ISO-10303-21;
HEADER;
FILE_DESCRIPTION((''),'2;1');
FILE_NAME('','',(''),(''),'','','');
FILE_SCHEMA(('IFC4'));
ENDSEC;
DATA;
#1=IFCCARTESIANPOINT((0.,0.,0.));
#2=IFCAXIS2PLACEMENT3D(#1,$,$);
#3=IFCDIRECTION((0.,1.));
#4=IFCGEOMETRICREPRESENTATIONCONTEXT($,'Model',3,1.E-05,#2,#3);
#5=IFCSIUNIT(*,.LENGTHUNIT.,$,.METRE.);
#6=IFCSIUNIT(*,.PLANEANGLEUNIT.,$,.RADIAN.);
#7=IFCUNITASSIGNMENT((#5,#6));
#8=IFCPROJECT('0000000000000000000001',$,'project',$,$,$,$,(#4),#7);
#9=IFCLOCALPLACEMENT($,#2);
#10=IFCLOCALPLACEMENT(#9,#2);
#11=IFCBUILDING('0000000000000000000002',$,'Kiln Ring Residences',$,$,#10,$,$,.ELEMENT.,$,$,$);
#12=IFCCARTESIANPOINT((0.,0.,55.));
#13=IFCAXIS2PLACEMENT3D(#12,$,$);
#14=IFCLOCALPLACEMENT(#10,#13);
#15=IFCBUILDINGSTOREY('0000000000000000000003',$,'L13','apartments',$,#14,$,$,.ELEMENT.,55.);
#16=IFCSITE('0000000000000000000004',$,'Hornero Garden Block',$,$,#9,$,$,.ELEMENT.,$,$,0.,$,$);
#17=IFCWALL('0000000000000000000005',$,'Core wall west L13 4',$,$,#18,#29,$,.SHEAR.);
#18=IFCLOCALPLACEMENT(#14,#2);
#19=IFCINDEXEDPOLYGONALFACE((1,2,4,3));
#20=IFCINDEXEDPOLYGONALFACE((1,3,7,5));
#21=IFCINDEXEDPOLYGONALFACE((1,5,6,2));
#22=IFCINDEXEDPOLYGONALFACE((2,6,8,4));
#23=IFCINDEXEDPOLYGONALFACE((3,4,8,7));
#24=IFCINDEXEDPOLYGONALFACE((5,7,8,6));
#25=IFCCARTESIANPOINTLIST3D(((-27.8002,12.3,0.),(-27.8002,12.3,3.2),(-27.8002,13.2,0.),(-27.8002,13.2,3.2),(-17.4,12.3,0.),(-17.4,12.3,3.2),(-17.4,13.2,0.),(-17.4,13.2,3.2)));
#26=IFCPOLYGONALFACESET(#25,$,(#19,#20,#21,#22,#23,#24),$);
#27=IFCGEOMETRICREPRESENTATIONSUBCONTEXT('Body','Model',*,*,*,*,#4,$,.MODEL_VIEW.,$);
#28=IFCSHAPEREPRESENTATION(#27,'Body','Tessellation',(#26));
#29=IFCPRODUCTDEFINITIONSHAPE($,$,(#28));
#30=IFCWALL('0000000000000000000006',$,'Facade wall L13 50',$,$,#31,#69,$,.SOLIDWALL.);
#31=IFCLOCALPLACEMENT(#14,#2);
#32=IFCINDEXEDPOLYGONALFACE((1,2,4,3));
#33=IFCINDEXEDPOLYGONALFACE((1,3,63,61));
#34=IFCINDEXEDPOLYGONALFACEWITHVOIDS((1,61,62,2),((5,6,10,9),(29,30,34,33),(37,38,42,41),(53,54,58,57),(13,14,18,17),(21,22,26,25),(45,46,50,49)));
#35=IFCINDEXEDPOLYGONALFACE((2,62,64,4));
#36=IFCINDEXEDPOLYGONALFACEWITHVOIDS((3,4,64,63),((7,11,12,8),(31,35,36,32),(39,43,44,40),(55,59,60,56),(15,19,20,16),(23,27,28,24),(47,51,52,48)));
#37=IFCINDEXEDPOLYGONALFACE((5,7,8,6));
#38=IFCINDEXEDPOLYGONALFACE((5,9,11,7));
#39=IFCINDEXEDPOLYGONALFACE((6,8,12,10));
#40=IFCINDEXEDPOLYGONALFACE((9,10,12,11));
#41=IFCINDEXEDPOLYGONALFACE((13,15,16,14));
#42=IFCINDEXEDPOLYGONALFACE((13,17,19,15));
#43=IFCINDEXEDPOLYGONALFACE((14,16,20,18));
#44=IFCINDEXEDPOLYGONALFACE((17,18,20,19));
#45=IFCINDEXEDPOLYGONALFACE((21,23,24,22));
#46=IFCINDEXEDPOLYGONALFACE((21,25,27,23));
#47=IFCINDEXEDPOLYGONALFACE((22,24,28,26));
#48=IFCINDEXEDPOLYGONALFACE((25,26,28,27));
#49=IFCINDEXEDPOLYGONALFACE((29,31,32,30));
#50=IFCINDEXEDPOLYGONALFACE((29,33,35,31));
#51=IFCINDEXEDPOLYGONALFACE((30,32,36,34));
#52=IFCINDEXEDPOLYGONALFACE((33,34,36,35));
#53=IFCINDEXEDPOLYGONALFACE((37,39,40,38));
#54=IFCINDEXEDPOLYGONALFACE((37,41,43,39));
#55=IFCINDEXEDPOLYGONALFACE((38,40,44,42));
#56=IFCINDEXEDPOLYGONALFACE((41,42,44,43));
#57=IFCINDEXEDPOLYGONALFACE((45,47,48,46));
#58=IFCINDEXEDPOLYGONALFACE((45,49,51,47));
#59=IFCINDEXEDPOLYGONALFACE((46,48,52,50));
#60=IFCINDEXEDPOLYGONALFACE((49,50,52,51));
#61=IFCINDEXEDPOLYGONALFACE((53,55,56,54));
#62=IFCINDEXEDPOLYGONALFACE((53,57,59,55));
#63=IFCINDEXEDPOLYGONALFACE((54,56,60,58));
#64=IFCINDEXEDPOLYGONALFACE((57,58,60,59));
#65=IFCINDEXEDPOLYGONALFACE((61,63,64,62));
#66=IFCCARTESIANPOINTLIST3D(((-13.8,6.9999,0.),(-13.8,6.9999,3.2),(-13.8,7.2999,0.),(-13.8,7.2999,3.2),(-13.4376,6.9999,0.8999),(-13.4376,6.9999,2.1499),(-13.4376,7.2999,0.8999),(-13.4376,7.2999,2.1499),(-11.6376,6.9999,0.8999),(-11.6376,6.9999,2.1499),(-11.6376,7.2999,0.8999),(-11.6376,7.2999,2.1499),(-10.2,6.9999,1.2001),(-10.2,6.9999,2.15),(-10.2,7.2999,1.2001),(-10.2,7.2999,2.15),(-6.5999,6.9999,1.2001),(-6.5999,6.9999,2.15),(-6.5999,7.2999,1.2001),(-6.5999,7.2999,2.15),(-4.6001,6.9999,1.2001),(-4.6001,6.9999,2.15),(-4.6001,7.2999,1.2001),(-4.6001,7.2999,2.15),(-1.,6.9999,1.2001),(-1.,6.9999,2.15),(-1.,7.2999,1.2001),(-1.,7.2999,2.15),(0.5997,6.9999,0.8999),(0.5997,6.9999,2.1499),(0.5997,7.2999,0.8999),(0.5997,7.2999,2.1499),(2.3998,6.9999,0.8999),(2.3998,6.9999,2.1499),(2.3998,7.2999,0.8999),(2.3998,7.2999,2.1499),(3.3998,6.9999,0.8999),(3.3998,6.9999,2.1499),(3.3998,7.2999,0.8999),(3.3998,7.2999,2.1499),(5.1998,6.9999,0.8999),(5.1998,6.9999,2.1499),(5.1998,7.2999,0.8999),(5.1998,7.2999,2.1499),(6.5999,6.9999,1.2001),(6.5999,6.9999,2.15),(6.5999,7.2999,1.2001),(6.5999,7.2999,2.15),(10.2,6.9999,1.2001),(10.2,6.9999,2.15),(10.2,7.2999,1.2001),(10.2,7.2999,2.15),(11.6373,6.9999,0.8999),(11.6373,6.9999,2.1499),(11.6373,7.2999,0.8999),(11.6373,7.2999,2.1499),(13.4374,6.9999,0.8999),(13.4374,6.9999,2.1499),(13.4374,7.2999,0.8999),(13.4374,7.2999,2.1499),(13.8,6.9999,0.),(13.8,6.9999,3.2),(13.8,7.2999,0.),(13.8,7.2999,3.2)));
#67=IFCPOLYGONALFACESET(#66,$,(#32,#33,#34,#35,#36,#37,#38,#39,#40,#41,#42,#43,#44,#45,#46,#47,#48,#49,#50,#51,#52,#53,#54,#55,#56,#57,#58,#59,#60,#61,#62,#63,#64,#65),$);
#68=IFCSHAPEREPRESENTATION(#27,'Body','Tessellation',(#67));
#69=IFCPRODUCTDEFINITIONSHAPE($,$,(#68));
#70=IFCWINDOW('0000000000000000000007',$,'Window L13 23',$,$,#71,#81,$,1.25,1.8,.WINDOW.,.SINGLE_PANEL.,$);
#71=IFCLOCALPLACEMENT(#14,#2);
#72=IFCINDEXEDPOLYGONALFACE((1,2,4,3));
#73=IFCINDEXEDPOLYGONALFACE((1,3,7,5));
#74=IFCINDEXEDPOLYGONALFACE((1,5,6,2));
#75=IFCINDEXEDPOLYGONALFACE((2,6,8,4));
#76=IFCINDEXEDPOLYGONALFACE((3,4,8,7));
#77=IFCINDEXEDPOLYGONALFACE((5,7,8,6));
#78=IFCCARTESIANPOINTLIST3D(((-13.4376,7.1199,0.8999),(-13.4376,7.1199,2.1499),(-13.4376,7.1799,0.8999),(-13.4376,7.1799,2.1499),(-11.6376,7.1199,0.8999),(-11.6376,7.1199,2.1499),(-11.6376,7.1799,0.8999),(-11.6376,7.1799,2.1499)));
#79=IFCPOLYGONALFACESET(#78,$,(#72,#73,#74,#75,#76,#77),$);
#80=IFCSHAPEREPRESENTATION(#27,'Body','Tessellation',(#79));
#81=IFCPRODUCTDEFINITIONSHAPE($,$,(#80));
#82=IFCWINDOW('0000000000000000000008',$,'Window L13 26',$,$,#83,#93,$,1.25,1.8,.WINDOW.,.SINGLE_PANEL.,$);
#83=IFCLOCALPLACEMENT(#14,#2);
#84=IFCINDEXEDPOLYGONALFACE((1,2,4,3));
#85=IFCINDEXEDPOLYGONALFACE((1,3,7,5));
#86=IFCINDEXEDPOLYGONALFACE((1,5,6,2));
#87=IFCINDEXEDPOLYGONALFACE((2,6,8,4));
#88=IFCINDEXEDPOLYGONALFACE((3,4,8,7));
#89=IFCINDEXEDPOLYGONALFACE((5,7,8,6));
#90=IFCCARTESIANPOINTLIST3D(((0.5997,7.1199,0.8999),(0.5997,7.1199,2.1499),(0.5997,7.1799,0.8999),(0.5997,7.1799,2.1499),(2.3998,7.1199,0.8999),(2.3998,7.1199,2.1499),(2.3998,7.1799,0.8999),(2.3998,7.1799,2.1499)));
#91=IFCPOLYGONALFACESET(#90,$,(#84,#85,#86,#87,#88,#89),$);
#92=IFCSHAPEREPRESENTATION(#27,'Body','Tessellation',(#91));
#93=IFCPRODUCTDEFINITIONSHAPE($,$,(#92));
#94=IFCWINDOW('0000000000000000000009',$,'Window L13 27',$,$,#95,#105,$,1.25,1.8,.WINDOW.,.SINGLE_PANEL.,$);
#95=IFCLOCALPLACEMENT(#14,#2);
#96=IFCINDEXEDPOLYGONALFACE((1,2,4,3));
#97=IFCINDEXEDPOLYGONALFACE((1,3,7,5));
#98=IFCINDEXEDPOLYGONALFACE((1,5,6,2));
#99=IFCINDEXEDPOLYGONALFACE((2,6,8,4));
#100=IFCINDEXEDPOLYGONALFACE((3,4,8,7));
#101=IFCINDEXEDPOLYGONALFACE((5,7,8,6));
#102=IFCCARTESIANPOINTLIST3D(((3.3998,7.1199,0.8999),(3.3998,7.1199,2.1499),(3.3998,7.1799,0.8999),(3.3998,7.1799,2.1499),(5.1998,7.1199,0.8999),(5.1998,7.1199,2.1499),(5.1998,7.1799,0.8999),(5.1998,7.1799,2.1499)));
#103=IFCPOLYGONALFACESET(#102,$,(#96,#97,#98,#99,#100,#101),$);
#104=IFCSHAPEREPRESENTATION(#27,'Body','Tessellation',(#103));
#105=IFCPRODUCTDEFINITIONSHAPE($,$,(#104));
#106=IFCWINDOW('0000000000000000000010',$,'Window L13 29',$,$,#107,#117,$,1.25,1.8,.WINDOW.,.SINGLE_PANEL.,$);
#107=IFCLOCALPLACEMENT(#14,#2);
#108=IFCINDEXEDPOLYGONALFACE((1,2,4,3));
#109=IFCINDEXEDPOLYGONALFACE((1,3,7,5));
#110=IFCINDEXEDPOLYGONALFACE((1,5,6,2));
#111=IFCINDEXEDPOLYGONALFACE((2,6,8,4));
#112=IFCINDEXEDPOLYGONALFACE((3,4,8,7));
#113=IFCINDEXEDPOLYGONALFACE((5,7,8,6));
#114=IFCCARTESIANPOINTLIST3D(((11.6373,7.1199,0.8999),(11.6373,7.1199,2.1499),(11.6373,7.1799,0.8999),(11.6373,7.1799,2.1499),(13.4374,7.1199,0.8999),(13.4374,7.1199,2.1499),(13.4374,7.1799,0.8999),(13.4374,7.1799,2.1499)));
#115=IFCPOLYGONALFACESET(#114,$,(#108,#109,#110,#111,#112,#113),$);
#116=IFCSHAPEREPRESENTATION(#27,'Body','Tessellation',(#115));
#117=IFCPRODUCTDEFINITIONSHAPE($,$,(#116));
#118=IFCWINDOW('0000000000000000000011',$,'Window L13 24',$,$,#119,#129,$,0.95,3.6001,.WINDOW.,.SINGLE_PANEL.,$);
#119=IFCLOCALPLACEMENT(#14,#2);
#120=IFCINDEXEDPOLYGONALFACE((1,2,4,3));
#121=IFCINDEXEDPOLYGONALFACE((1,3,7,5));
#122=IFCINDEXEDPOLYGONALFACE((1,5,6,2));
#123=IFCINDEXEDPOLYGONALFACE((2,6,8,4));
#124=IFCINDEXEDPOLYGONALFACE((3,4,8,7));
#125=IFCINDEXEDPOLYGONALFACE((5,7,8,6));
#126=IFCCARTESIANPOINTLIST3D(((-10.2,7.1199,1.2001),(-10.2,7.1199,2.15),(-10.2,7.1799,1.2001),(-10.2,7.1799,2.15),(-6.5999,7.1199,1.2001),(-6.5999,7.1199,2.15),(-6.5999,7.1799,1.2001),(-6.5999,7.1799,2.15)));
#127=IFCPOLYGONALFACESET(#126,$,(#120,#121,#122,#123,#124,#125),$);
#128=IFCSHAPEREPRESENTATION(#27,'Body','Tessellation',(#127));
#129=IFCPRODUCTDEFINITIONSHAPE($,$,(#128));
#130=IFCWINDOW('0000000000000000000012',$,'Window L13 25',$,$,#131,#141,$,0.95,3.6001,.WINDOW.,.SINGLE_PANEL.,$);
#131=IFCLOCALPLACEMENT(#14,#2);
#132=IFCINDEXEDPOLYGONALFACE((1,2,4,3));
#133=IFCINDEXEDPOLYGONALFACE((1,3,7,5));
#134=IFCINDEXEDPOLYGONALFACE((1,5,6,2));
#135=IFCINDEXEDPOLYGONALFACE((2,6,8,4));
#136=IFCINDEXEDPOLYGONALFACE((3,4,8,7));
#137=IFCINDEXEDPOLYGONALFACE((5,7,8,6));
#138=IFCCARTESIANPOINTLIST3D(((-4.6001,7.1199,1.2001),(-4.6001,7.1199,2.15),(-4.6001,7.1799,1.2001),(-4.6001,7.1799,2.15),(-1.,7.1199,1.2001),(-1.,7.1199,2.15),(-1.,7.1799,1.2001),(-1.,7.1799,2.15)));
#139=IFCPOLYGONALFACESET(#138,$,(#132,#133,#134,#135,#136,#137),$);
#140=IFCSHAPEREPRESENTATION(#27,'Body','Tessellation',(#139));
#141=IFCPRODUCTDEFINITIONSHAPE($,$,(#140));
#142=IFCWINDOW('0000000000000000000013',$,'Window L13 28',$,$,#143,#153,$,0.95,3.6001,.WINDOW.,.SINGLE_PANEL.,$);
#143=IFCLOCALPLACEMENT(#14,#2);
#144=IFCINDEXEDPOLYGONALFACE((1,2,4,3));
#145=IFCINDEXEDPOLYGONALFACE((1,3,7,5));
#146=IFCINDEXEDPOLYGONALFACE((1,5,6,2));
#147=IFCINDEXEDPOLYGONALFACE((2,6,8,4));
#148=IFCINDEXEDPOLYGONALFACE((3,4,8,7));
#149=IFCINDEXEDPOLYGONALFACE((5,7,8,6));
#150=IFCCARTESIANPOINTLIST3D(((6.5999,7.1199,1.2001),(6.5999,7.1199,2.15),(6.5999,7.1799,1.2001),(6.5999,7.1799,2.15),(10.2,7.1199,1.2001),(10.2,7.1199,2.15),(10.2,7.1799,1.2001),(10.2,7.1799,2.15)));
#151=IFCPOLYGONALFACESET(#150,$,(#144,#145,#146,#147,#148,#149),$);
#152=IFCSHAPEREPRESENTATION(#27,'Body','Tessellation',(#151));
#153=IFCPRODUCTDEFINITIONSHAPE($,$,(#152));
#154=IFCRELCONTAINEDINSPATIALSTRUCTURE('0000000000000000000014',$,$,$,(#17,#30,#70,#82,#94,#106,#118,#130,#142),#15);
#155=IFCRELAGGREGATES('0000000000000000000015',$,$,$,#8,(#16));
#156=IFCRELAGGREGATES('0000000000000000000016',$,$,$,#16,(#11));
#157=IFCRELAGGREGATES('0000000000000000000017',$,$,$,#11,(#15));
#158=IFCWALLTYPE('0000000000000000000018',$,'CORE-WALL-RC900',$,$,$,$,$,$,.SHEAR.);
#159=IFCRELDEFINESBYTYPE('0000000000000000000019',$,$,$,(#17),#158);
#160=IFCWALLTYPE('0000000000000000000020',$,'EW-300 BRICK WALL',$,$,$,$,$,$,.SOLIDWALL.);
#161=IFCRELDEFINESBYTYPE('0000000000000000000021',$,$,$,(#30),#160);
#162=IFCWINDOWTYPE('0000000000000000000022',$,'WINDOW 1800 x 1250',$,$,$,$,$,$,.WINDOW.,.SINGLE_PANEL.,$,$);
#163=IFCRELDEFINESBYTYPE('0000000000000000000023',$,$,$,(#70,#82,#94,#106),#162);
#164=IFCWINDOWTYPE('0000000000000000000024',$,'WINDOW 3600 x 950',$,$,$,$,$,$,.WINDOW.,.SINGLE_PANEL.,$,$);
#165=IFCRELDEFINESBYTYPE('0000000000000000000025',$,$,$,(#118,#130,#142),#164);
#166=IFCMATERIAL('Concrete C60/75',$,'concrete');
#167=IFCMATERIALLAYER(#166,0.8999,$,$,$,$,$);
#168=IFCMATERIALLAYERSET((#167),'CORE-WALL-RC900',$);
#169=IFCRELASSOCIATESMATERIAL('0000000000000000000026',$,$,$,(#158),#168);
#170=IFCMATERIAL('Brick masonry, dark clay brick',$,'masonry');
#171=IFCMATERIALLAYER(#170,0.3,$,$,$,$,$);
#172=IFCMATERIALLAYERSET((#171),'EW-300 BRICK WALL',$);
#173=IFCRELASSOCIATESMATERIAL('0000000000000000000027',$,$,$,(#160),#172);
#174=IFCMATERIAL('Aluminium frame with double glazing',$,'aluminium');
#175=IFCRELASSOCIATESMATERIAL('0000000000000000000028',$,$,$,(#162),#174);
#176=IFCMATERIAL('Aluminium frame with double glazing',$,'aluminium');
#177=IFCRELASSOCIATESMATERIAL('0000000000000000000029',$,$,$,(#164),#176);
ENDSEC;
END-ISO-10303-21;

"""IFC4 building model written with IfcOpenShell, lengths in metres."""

from ifc_helpers import new_model, si_unit, direction, frame, frame_2d, origin, place, context, subcontext, project, spatial, rectangle, extrude, material, layer, layer_set, type_object, element, fill, save


model = new_model("IFC4")

# Units and contexts
model_context = context("Model", 3, precision=1e-05, world=origin(), true_north=direction((0.0, 1.0)))
body_context = subcontext(model_context, "Body", "Model", "MODEL_VIEW")
ifc_project = project(units=[si_unit("LENGTHUNIT", "METRE"), si_unit("PLANEANGLEUNIT", "RADIAN")], contexts=[model_context])

# Site, building, storey
site_placement = place(None, origin())
site = spatial("IfcSite", under=ifc_project, at=site_placement, Name="Hornero Garden Block", CompositionType="ELEMENT", RefElevation=0.0)
building_placement = place(site_placement, origin())
building = spatial("IfcBuilding", under=site, at=building_placement, Name="Kiln Ring Residences", CompositionType="ELEMENT")
storey_placement = place(building_placement, frame((0.0, 0.0, 55.0)))
storey = spatial("IfcBuildingStorey", under=building, at=storey_placement, Name="L13", Description="apartments", CompositionType="ELEMENT", Elevation=55.0)

# Wall
ifc_material_1 = material(Name="Concrete C60/75", Category="concrete")
ifc_layer_1 = layer(ifc_material_1, 0.8999)
ifc_layer_set_1 = layer_set([ifc_layer_1], Name="CORE-WALL-RC900")
wall_type_1 = type_object("IfcWallType", Name="CORE-WALL-RC900", PredefinedType="SHEAR", material=ifc_layer_set_1)
wall_1_placement = place(storey_placement, frame((-17.3999, 12.75, 0.0), z_axis=(0.0, 0.0, 1.0), x_axis=(-1.0, 0.0, 0.0)))
element("IfcWall", 1, at=wall_1_placement, inside=storey, type_object=wall_type_1, Name="Core wall west L13 4", PredefinedType="SHEAR", context=body_context, shape_type="SweptSolid", body=[
    extrude(rectangle(XDim=10.4001, YDim=0.8999, at=frame_2d((5.2002, 0.0))), origin(), (0.0, 0.0, 1.0), 3.2),
])

# Wall, openings, windows
ifc_material_2 = material(Name="Brick masonry, dark clay brick", Category="masonry")
ifc_layer_2 = layer(ifc_material_2, 0.3)
ifc_layer_set_2 = layer_set([ifc_layer_2], Name="EW-300 BRICK WALL")
wall_type_2 = type_object("IfcWallType", Name="EW-300 BRICK WALL", PredefinedType="SOLIDWALL", material=ifc_layer_set_2)
wall_2_placement = place(storey_placement, frame((-13.8, 7.1499, 0.0), z_axis=(0.0, 0.0, 1.0), x_axis=(1.0, 0.0, 0.0)))
wall_2 = element("IfcWall", 2, at=wall_2_placement, inside=storey, type_object=wall_type_2, Name="Facade wall L13 50", PredefinedType="SOLIDWALL", context=body_context, shape_type="SweptSolid", body=[
    extrude(rectangle(XDim=27.6001, YDim=0.3, at=frame_2d((13.8, 0.0))), origin(), (0.0, 0.0, 1.0), 3.2),
])
opening_1_placement = place(wall_2_placement, frame((0.3625, 0.0, 0.8999)))
opening_1 = element("IfcOpeningElement", 3, at=opening_1_placement, cuts=wall_2, PredefinedType="OPENING", context=body_context, shape_type="SweptSolid", body=[
    extrude(rectangle(XDim=1.8, YDim=1.25, at=frame_2d((0.8999, 0.625))), frame((0.0, 0.1599, 0.0), z_axis=(0.0, -1.0, 0.0), x_axis=(1.0, 0.0, 0.0)), (0.0, 0.0, 1.0), 0.3201),
])
opening_2_placement = place(wall_2_placement, frame((3.6001, 0.0, 1.2)))
opening_2 = element("IfcOpeningElement", 4, at=opening_2_placement, cuts=wall_2, PredefinedType="OPENING", context=body_context, shape_type="SweptSolid", body=[
    extrude(rectangle(XDim=3.6001, YDim=0.95, at=frame_2d((1.8, 0.4751))), frame((0.0, 0.1599, 0.0), z_axis=(0.0, -1.0, 0.0), x_axis=(1.0, 0.0, 0.0)), (0.0, 0.0, 1.0), 0.3201),
])
opening_3_placement = place(wall_2_placement, frame((9.2, 0.0, 1.2)))
opening_3 = element("IfcOpeningElement", 5, at=opening_3_placement, cuts=wall_2, PredefinedType="OPENING", context=body_context, shape_type="SweptSolid", body=[
    extrude(rectangle(XDim=3.6001, YDim=0.95, at=frame_2d((1.8, 0.4751))), frame((0.0, 0.1599, 0.0), z_axis=(0.0, -1.0, 0.0), x_axis=(1.0, 0.0, 0.0)), (0.0, 0.0, 1.0), 0.3201),
])
opening_4_placement = place(wall_2_placement, frame((14.3999, 0.0, 0.8999)))
opening_4 = element("IfcOpeningElement", 6, at=opening_4_placement, cuts=wall_2, PredefinedType="OPENING", context=body_context, shape_type="SweptSolid", body=[
    extrude(rectangle(XDim=1.8, YDim=1.25, at=frame_2d((0.8999, 0.625))), frame((0.0, 0.1599, 0.0), z_axis=(0.0, -1.0, 0.0), x_axis=(1.0, 0.0, 0.0)), (0.0, 0.0, 1.0), 0.3201),
])
opening_5_placement = place(wall_2_placement, frame((17.2, 0.0, 0.8999)))
opening_5 = element("IfcOpeningElement", 7, at=opening_5_placement, cuts=wall_2, PredefinedType="OPENING", context=body_context, shape_type="SweptSolid", body=[
    extrude(rectangle(XDim=1.8, YDim=1.25, at=frame_2d((0.8999, 0.625))), frame((0.0, 0.1599, 0.0), z_axis=(0.0, -1.0, 0.0), x_axis=(1.0, 0.0, 0.0)), (0.0, 0.0, 1.0), 0.3201),
])
opening_6_placement = place(wall_2_placement, frame((20.3999, 0.0, 1.2)))
opening_6 = element("IfcOpeningElement", 8, at=opening_6_placement, cuts=wall_2, PredefinedType="OPENING", context=body_context, shape_type="SweptSolid", body=[
    extrude(rectangle(XDim=3.6001, YDim=0.95, at=frame_2d((1.8, 0.4751))), frame((0.0, 0.1599, 0.0), z_axis=(0.0, -1.0, 0.0), x_axis=(1.0, 0.0, 0.0)), (0.0, 0.0, 1.0), 0.3201),
])
opening_7_placement = place(wall_2_placement, frame((25.4375, 0.0, 0.8999)))
opening_7 = element("IfcOpeningElement", 9, at=opening_7_placement, cuts=wall_2, PredefinedType="OPENING", context=body_context, shape_type="SweptSolid", body=[
    extrude(rectangle(XDim=1.8, YDim=1.25, at=frame_2d((0.8999, 0.625))), frame((0.0, 0.1599, 0.0), z_axis=(0.0, -1.0, 0.0), x_axis=(1.0, 0.0, 0.0)), (0.0, 0.0, 1.0), 0.3201),
])
ifc_material_3 = material(Name="Aluminium frame with double glazing", Category="aluminium")
window_type_1 = type_object("IfcWindowType", Name="WINDOW 1800 x 1250", PartitioningType="SINGLE_PANEL", PredefinedType="WINDOW", material=ifc_material_3)
window_1_placement = place(opening_1_placement, origin())
window_1 = element("IfcWindow", 10, at=window_1_placement, inside=storey, type_object=window_type_1, Name="Window L13 23", OverallHeight=1.25, OverallWidth=1.8, PartitioningType="SINGLE_PANEL", PredefinedType="WINDOW", context=body_context, shape_type="SweptSolid", body=[
    extrude(rectangle(XDim=1.8, YDim=1.25, at=frame_2d((0.8999, 0.625))), frame((0.0, 0.03, 0.0), z_axis=(0.0, -1.0, 0.0), x_axis=(1.0, 0.0, 0.0)), (0.0, 0.0, 1.0), 0.0601),
])
fill(opening_1, window_1)
window_2_placement = place(opening_4_placement, origin())
window_2 = element("IfcWindow", 11, at=window_2_placement, inside=storey, type_object=window_type_1, Name="Window L13 26", OverallHeight=1.25, OverallWidth=1.8, PartitioningType="SINGLE_PANEL", PredefinedType="WINDOW", context=body_context, shape_type="SweptSolid", body=[
    extrude(rectangle(XDim=1.8, YDim=1.25, at=frame_2d((0.8999, 0.625))), frame((0.0, 0.03, 0.0), z_axis=(0.0, -1.0, 0.0), x_axis=(1.0, 0.0, 0.0)), (0.0, 0.0, 1.0), 0.0601),
])
fill(opening_4, window_2)
window_3_placement = place(opening_5_placement, origin())
window_3 = element("IfcWindow", 12, at=window_3_placement, inside=storey, type_object=window_type_1, Name="Window L13 27", OverallHeight=1.25, OverallWidth=1.8, PartitioningType="SINGLE_PANEL", PredefinedType="WINDOW", context=body_context, shape_type="SweptSolid", body=[
    extrude(rectangle(XDim=1.8, YDim=1.25, at=frame_2d((0.8999, 0.625))), frame((0.0, 0.03, 0.0), z_axis=(0.0, -1.0, 0.0), x_axis=(1.0, 0.0, 0.0)), (0.0, 0.0, 1.0), 0.0601),
])
fill(opening_5, window_3)
window_4_placement = place(opening_7_placement, origin())
window_4 = element("IfcWindow", 13, at=window_4_placement, inside=storey, type_object=window_type_1, Name="Window L13 29", OverallHeight=1.25, OverallWidth=1.8, PartitioningType="SINGLE_PANEL", PredefinedType="WINDOW", context=body_context, shape_type="SweptSolid", body=[
    extrude(rectangle(XDim=1.8, YDim=1.25, at=frame_2d((0.8999, 0.625))), frame((0.0, 0.03, 0.0), z_axis=(0.0, -1.0, 0.0), x_axis=(1.0, 0.0, 0.0)), (0.0, 0.0, 1.0), 0.0601),
])
fill(opening_7, window_4)
ifc_material_4 = material(Name="Aluminium frame with double glazing", Category="aluminium")
window_type_2 = type_object("IfcWindowType", Name="WINDOW 3600 x 950", PartitioningType="SINGLE_PANEL", PredefinedType="WINDOW", material=ifc_material_4)
window_5_placement = place(opening_2_placement, origin())
window_5 = element("IfcWindow", 14, at=window_5_placement, inside=storey, type_object=window_type_2, Name="Window L13 24", OverallHeight=0.95, OverallWidth=3.6001, PartitioningType="SINGLE_PANEL", PredefinedType="WINDOW", context=body_context, shape_type="SweptSolid", body=[
    extrude(rectangle(XDim=3.6001, YDim=0.95, at=frame_2d((1.8, 0.4751))), frame((0.0, 0.03, 0.0), z_axis=(0.0, -1.0, 0.0), x_axis=(1.0, 0.0, 0.0)), (0.0, 0.0, 1.0), 0.0601),
])
fill(opening_2, window_5)
window_6_placement = place(opening_3_placement, origin())
window_6 = element("IfcWindow", 15, at=window_6_placement, inside=storey, type_object=window_type_2, Name="Window L13 25", OverallHeight=0.95, OverallWidth=3.6001, PartitioningType="SINGLE_PANEL", PredefinedType="WINDOW", context=body_context, shape_type="SweptSolid", body=[
    extrude(rectangle(XDim=3.6001, YDim=0.95, at=frame_2d((1.8, 0.4751))), frame((0.0, 0.03, 0.0), z_axis=(0.0, -1.0, 0.0), x_axis=(1.0, 0.0, 0.0)), (0.0, 0.0, 1.0), 0.0601),
])
fill(opening_3, window_6)
window_7_placement = place(opening_6_placement, origin())
window_7 = element("IfcWindow", 16, at=window_7_placement, inside=storey, type_object=window_type_2, Name="Window L13 28", OverallHeight=0.95, OverallWidth=3.6001, PartitioningType="SINGLE_PANEL", PredefinedType="WINDOW", context=body_context, shape_type="SweptSolid", body=[
    extrude(rectangle(XDim=3.6001, YDim=0.95, at=frame_2d((1.8, 0.4751))), frame((0.0, 0.03, 0.0), z_axis=(0.0, -1.0, 0.0), x_axis=(1.0, 0.0, 0.0)), (0.0, 0.0, 1.0), 0.0601),
])
fill(opening_6, window_7)

save(model, "model.ifc")
